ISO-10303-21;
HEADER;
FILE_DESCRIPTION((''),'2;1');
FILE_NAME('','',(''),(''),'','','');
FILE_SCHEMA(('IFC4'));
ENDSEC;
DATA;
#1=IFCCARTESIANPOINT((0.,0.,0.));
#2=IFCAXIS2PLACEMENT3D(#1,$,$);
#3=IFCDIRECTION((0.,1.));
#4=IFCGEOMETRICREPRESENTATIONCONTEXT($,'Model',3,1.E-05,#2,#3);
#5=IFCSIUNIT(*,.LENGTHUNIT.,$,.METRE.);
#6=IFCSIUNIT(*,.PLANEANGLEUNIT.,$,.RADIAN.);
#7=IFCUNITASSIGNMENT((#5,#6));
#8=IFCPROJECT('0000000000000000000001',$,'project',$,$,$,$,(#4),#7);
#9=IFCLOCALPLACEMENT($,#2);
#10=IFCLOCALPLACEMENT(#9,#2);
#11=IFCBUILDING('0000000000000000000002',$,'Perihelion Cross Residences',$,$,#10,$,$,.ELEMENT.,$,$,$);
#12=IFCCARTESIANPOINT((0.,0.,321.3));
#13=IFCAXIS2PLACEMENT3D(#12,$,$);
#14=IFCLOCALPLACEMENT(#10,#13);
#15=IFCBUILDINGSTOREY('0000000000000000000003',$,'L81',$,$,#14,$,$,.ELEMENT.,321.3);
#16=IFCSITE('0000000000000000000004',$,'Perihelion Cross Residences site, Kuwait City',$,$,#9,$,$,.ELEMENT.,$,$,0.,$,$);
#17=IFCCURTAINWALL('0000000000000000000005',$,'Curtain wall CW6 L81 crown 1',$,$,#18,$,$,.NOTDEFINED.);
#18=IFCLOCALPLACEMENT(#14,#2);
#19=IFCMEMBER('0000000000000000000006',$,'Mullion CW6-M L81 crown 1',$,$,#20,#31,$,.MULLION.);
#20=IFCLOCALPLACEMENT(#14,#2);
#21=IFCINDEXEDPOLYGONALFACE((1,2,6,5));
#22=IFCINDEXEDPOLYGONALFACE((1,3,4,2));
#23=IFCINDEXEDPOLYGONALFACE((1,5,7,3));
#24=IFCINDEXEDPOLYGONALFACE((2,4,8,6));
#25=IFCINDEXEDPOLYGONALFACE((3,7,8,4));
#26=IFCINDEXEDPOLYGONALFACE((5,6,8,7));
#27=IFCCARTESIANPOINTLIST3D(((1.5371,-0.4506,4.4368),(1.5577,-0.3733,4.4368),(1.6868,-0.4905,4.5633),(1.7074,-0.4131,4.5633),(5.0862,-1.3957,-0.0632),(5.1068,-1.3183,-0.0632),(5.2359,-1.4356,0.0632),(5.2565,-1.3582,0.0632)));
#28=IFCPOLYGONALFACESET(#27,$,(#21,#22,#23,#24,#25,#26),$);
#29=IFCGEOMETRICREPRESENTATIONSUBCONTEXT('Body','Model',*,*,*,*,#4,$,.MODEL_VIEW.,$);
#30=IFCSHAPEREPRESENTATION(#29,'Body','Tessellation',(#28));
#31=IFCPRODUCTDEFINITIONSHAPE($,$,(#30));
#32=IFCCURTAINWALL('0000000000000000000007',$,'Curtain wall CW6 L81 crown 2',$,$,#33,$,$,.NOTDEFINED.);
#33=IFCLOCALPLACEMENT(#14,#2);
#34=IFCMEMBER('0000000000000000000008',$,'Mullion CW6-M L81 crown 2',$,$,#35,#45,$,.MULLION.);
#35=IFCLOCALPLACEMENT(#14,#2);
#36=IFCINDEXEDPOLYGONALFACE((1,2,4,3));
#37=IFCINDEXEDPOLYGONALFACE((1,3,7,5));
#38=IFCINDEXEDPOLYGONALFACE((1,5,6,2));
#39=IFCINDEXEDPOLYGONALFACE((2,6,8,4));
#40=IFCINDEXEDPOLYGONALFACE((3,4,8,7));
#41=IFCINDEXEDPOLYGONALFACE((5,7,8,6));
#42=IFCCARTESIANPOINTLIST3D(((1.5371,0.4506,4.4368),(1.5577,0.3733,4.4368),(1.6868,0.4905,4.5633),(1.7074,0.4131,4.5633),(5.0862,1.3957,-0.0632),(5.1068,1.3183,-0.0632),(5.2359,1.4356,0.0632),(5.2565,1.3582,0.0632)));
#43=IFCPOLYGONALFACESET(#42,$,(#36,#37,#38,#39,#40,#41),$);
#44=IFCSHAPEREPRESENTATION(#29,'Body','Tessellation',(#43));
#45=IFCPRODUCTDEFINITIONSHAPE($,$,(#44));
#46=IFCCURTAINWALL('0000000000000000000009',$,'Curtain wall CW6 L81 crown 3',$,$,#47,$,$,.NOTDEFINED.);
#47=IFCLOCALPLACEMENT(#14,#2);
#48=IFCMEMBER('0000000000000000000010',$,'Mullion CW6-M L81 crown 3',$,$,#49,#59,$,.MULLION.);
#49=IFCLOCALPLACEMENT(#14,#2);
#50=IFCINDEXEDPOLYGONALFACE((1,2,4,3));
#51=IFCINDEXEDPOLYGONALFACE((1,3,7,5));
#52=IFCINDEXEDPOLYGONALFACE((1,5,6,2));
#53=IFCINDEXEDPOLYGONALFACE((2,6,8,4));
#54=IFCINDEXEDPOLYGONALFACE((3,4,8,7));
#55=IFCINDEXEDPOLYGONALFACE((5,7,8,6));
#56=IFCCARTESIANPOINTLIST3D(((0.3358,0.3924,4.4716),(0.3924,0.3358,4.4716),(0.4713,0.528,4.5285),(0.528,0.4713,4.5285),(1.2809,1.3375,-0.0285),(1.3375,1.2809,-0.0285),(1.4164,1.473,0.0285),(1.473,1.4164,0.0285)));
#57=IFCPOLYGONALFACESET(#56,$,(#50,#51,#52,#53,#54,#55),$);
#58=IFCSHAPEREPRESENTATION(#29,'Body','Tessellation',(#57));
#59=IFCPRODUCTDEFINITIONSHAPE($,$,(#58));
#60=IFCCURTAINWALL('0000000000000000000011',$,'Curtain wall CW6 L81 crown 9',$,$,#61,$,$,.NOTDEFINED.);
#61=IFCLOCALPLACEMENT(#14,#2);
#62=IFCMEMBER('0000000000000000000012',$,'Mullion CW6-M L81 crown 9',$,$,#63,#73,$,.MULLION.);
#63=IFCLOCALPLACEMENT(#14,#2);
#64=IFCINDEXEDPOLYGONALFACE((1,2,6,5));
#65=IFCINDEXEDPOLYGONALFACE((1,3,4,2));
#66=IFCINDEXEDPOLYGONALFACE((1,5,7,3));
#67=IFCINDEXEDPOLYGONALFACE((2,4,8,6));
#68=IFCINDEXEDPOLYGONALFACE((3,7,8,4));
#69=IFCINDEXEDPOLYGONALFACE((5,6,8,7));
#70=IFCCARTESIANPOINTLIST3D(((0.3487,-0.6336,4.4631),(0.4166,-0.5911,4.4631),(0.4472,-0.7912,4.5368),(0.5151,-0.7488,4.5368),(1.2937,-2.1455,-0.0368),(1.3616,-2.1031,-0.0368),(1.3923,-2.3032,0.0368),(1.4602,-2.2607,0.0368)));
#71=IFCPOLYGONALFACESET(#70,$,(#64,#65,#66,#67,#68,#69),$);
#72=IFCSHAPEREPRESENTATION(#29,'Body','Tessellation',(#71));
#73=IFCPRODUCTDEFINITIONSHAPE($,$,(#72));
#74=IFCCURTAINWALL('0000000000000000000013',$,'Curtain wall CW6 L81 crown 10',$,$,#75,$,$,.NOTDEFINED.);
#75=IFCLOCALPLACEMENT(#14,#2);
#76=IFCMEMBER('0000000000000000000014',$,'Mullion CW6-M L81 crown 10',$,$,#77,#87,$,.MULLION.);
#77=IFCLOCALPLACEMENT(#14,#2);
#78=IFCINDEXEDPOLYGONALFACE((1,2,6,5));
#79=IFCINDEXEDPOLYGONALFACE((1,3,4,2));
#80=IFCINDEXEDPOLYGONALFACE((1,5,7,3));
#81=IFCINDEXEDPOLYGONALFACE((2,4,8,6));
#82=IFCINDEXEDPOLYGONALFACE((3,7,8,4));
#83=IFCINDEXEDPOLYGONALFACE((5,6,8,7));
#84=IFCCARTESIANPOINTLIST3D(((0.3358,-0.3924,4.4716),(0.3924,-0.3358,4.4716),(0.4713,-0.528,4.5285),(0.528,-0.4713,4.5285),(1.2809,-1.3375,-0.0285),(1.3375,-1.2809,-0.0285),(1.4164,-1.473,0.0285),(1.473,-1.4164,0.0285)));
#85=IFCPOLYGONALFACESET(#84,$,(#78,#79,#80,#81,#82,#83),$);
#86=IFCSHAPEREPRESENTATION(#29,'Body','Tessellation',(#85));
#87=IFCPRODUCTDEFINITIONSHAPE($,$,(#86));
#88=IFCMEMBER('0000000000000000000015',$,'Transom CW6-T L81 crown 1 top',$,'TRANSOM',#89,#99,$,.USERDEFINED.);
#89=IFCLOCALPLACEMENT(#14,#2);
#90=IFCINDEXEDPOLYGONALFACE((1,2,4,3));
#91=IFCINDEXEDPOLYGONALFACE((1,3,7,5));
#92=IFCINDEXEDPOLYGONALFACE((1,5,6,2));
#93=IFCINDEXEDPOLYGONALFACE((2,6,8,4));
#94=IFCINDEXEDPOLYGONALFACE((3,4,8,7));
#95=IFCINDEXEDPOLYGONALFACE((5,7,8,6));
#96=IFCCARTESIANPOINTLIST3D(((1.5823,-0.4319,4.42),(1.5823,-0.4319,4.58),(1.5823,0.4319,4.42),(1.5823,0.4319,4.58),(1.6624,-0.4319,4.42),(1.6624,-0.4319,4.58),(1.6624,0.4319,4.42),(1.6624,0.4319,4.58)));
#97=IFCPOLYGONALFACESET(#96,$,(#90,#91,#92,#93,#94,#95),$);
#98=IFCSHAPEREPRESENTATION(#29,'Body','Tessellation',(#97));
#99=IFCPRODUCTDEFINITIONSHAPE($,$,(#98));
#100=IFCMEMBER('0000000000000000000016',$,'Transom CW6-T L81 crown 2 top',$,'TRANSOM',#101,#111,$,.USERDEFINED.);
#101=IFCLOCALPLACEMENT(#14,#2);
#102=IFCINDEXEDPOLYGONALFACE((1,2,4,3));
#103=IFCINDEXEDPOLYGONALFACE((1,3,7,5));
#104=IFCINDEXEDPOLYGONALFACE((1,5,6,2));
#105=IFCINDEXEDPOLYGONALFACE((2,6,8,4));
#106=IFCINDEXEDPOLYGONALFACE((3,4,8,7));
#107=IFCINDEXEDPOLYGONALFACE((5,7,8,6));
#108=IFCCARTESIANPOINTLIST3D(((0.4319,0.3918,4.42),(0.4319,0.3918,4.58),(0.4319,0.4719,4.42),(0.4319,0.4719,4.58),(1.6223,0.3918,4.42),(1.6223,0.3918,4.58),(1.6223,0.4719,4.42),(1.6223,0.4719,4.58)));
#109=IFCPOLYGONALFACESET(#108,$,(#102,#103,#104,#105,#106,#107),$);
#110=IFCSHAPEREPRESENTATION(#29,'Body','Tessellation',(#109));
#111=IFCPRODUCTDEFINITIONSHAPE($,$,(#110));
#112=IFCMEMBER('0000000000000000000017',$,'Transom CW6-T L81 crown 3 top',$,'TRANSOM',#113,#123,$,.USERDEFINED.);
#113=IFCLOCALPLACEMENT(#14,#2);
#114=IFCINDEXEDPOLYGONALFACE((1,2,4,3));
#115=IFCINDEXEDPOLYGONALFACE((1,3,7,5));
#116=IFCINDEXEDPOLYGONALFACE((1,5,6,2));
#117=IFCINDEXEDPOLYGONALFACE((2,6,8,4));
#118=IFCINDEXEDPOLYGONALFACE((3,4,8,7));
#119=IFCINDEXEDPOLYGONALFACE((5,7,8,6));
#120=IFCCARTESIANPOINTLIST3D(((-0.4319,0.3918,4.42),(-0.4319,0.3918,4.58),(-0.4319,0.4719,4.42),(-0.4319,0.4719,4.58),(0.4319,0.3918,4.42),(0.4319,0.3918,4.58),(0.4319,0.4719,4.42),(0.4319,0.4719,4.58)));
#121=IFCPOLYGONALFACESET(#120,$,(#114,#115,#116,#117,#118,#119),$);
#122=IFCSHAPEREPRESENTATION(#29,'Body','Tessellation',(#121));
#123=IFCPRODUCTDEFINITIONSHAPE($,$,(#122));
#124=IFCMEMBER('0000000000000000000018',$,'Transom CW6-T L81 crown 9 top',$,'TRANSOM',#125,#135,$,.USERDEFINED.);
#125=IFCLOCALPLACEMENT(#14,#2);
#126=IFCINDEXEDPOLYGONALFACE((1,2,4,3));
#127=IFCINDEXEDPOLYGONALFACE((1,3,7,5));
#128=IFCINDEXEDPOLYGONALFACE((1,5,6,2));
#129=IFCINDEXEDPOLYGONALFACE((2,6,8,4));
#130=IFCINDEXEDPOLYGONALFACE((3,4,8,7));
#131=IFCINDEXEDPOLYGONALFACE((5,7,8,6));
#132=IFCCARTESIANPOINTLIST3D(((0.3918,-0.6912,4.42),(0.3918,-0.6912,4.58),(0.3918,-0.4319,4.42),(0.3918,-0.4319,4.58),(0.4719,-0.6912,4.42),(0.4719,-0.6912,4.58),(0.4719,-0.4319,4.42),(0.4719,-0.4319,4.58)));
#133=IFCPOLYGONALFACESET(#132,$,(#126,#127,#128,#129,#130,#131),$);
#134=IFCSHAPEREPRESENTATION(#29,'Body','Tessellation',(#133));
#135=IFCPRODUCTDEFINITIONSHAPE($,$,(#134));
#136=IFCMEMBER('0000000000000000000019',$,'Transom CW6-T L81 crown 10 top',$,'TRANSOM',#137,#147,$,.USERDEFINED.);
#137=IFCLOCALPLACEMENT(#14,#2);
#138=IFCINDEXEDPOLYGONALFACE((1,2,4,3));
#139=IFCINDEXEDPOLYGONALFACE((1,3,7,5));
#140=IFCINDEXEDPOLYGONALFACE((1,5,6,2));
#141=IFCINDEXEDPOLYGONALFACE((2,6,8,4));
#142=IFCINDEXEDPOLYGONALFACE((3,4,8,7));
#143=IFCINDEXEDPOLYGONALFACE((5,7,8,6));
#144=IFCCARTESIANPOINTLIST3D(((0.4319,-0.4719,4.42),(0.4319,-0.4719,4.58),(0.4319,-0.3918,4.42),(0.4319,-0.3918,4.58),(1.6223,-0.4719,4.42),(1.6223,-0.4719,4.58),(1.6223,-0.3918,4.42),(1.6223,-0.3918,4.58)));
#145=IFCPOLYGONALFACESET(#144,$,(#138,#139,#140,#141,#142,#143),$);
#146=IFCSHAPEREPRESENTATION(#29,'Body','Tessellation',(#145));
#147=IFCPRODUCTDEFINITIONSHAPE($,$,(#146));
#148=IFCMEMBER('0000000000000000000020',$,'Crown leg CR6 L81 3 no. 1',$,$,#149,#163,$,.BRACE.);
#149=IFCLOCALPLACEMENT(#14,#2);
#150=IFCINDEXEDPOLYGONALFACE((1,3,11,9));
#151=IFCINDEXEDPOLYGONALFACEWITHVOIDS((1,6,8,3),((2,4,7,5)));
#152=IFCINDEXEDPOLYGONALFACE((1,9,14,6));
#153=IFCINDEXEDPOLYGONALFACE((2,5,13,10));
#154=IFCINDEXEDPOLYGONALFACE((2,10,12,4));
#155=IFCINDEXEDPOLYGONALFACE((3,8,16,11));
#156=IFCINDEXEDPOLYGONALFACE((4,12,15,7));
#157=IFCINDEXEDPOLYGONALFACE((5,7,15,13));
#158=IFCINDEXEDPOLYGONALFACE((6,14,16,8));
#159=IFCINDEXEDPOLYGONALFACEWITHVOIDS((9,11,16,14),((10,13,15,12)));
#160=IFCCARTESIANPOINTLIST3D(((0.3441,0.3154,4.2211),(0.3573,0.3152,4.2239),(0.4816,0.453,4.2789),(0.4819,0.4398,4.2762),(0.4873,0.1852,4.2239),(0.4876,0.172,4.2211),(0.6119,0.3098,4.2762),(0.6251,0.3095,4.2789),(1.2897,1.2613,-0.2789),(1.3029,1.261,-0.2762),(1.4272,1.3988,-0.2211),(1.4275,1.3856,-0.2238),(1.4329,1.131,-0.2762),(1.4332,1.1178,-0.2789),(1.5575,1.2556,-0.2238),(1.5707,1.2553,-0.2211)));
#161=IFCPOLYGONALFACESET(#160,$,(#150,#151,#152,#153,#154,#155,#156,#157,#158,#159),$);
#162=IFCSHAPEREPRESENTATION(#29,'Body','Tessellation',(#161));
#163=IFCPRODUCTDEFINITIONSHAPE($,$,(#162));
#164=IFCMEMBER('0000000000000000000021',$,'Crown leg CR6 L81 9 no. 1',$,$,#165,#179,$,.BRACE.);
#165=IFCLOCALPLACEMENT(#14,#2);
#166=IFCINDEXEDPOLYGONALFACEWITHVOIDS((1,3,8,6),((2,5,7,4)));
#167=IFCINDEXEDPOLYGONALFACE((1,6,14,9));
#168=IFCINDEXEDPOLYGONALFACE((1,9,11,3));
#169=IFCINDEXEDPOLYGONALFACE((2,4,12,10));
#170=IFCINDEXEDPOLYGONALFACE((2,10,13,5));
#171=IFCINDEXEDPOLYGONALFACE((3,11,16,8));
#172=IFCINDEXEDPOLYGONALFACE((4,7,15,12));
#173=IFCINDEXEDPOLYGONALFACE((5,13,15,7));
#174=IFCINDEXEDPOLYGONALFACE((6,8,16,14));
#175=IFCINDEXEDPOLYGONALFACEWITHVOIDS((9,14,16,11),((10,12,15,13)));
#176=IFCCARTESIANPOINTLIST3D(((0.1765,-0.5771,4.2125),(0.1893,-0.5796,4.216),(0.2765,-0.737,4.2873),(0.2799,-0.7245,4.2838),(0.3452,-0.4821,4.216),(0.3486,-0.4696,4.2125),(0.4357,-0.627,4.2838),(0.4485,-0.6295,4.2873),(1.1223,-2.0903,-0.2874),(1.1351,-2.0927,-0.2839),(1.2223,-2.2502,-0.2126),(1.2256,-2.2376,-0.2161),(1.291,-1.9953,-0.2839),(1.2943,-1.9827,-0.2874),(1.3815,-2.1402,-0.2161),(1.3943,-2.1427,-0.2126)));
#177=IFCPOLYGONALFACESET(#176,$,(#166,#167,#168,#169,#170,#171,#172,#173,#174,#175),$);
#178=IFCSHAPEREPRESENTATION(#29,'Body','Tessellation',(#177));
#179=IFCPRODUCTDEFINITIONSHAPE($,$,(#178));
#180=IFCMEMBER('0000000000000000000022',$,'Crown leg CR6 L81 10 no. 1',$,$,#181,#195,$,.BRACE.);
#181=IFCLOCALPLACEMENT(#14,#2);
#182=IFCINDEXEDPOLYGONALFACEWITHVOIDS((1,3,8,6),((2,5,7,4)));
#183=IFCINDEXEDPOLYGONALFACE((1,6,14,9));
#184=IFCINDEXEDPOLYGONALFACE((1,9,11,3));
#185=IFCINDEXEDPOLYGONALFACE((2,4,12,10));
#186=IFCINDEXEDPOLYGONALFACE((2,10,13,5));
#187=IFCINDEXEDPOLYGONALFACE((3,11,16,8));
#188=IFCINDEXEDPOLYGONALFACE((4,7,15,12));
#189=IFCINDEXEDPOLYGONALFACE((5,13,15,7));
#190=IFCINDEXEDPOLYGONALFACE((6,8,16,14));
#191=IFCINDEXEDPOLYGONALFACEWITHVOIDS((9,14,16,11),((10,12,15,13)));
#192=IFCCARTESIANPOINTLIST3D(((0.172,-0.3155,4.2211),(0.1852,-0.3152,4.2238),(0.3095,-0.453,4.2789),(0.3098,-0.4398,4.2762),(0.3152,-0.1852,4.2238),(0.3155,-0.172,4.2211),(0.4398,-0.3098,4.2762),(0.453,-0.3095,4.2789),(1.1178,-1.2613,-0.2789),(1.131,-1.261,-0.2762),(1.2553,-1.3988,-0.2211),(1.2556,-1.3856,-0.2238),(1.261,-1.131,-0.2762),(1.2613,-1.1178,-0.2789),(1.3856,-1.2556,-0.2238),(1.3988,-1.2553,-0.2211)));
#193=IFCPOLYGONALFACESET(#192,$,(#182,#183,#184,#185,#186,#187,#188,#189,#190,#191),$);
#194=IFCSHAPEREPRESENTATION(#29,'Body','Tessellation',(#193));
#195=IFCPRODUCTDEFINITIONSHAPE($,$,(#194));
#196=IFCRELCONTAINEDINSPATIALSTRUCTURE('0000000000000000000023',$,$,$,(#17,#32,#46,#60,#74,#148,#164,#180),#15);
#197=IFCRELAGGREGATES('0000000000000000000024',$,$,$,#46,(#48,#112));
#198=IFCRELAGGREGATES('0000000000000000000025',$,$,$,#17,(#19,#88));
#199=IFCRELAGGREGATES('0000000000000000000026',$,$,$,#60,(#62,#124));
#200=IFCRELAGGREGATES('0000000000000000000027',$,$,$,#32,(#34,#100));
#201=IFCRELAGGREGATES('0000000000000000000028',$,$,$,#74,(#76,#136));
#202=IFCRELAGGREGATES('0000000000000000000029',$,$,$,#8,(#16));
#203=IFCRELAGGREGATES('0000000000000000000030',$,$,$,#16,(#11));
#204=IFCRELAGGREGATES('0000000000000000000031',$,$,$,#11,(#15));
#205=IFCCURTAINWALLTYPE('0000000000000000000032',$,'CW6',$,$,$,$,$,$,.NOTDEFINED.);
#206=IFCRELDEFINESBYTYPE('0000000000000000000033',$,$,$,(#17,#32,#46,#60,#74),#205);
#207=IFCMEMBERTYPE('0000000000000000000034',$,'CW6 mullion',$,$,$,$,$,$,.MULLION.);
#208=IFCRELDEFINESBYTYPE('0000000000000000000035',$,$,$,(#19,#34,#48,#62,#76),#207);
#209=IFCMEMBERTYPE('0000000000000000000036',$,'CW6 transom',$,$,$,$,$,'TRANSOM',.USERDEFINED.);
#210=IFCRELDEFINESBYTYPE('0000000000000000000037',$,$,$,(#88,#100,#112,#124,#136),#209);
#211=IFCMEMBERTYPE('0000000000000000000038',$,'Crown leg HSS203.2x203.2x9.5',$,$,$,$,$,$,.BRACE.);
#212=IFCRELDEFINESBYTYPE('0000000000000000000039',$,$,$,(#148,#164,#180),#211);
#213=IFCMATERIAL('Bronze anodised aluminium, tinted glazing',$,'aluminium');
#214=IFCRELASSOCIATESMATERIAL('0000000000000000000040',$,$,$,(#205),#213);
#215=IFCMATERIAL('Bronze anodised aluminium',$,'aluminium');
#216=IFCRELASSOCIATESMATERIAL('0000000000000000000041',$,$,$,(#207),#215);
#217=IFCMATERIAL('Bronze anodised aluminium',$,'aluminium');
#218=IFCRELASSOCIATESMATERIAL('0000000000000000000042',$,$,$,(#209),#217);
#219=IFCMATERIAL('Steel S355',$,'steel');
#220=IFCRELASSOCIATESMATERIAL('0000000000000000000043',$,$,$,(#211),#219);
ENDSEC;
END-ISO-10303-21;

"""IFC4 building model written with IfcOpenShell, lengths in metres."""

from ifc_helpers import new_model, si_unit, direction, frame, origin, origin_2d, place, context, subcontext, project, spatial, rectangle, hollow_rectangle, extrude, material, material_profile, profile_set, type_object, element, aggregate, save


model = new_model("IFC4")

# Units and contexts
model_context = context("Model", 3, precision=1e-05, world=origin(), true_north=direction((0.0, 1.0)))
body_context = subcontext(model_context, "Body", "Model", "MODEL_VIEW")
ifc_project = project(units=[si_unit("LENGTHUNIT", "METRE"), si_unit("PLANEANGLEUNIT", "RADIAN")], contexts=[model_context])

# Site, building, storey
site_placement = place(None, origin())
site = spatial("IfcSite", under=ifc_project, at=site_placement, Name="Perihelion Cross Residences site, Kuwait City", CompositionType="ELEMENT", RefElevation=0.0)
building_placement = place(site_placement, origin())
building = spatial("IfcBuilding", under=site, at=building_placement, Name="Perihelion Cross Residences", CompositionType="ELEMENT")
storey_placement = place(building_placement, frame((0.0, 0.0, 321.3)))
storey = spatial("IfcBuildingStorey", under=building, at=storey_placement, Name="L81", CompositionType="ELEMENT", Elevation=321.3)

# Curtain walls, members
ifc_material_1 = material(Name="Bronze anodised aluminium, tinted glazing", Category="aluminium")
curtain_wall_type = type_object("IfcCurtainWallType", Name="CW6", PredefinedType="NOTDEFINED", material=ifc_material_1)
curtain_wall_1_placement = place(storey_placement, origin())
curtain_wall_1 = element("IfcCurtainWall", 1, at=curtain_wall_1_placement, inside=storey, type_object=curtain_wall_type, Name="Curtain wall CW6 L81 crown 1", PredefinedType="NOTDEFINED")
ifc_material_2 = material(Name="Bronze anodised aluminium", Category="aluminium")
ifc_material_profile_1 = material_profile(ifc_material_2, rectangle(XDim=0.0801, YDim=0.2, at=origin_2d()), Name="CW6 mullion")
ifc_profile_set_1 = profile_set([ifc_material_profile_1], Name="Bronze anodised aluminium")
member_type_1 = type_object("IfcMemberType", Name="CW6 mullion", PredefinedType="MULLION", material=ifc_profile_set_1)
member_1_placement = place(storey_placement, frame((5.1714, -1.377, 0.0), z_axis=(-0.61101, 0.162703, 0.774722), x_axis=(-0.257319, -0.966326, 0.0)))
member_1 = element("IfcMember", 2, at=member_1_placement, type_object=member_type_1, Name="Mullion CW6-M L81 crown 1", PredefinedType="MULLION", context=body_context, shape_type="SweptSolid", body=[
    extrude(rectangle(XDim=0.0801, YDim=0.2, at=origin_2d()), origin(), (0.0, 0.0, 1.0), 5.8086),
])
curtain_wall_2_placement = place(storey_placement, origin())
curtain_wall_2 = element("IfcCurtainWall", 3, at=curtain_wall_2_placement, inside=storey, type_object=curtain_wall_type, Name="Curtain wall CW6 L81 crown 2", PredefinedType="NOTDEFINED")
member_2_placement = place(storey_placement, frame((5.1714, 1.377, 0.0), z_axis=(-0.61101, -0.162703, 0.774722), x_axis=(0.257319, -0.966326, 0.0)))
member_2 = element("IfcMember", 4, at=member_2_placement, type_object=member_type_1, Name="Mullion CW6-M L81 crown 2", PredefinedType="MULLION", context=body_context, shape_type="SweptSolid", body=[
    extrude(rectangle(XDim=0.0801, YDim=0.2, at=origin_2d()), origin(), (0.0, 0.0, 1.0), 5.8086),
])
curtain_wall_3_placement = place(storey_placement, origin())
curtain_wall_3 = element("IfcCurtainWall", 5, at=curtain_wall_3_placement, inside=storey, type_object=curtain_wall_type, Name="Curtain wall CW6 L81 crown 3", PredefinedType="NOTDEFINED")
member_3_placement = place(storey_placement, frame((1.377, 1.377, 0.0), z_axis=(-0.201323, -0.201323, 0.958613), x_axis=(0.707107, -0.707107, 0.0)))
member_3 = element("IfcMember", 6, at=member_3_placement, type_object=member_type_1, Name="Mullion CW6-M L81 crown 3", PredefinedType="MULLION", context=body_context, shape_type="SweptSolid", body=[
    extrude(rectangle(XDim=0.0801, YDim=0.2, at=origin_2d()), origin(), (0.0, 0.0, 1.0), 4.6943),
])
curtain_wall_4_placement = place(storey_placement, origin())
curtain_wall_4 = element("IfcCurtainWall", 7, at=curtain_wall_4_placement, inside=storey, type_object=curtain_wall_type, Name="Curtain wall CW6 L81 crown 9", PredefinedType="NOTDEFINED")
member_4_placement = place(storey_placement, frame((1.377, -2.2031, 0.0), z_axis=(-0.195247, 0.312365, 0.929681), x_axis=(-0.847975, -0.530036, 0.0)))
member_4 = element("IfcMember", 8, at=member_4_placement, type_object=member_type_1, Name="Mullion CW6-M L81 crown 9", PredefinedType="MULLION", context=body_context, shape_type="SweptSolid", body=[
    extrude(rectangle(XDim=0.0801, YDim=0.2, at=origin_2d()), origin(), (0.0, 0.0, 1.0), 4.8403),
])
curtain_wall_5_placement = place(storey_placement, origin())
curtain_wall_5 = element("IfcCurtainWall", 9, at=curtain_wall_5_placement, inside=storey, type_object=curtain_wall_type, Name="Curtain wall CW6 L81 crown 10", PredefinedType="NOTDEFINED")
member_5_placement = place(storey_placement, frame((1.377, -1.377, 0.0), z_axis=(-0.201323, 0.201323, 0.958613), x_axis=(-0.707107, -0.707107, 0.0)))
member_5 = element("IfcMember", 10, at=member_5_placement, type_object=member_type_1, Name="Mullion CW6-M L81 crown 10", PredefinedType="MULLION", context=body_context, shape_type="SweptSolid", body=[
    extrude(rectangle(XDim=0.0801, YDim=0.2, at=origin_2d()), origin(), (0.0, 0.0, 1.0), 4.6943),
])

# Members
ifc_material_3 = material(Name="Bronze anodised aluminium", Category="aluminium")
ifc_material_profile_2 = material_profile(ifc_material_3, rectangle(XDim=0.0801, YDim=0.1599, at=origin_2d()), Name="CW6 transom")
ifc_profile_set_2 = profile_set([ifc_material_profile_2], Name="Bronze anodised aluminium")
member_type_2 = type_object("IfcMemberType", Name="CW6 transom", ElementType="TRANSOM", PredefinedType="USERDEFINED", material=ifc_profile_set_2)
member_6_placement = place(storey_placement, frame((1.6223, -0.4319, 4.5), z_axis=(0.0, 1.0, 0.0), x_axis=(-1.0, 0.0, 0.0)))
member_6 = element("IfcMember", 11, at=member_6_placement, type_object=member_type_2, Name="Transom CW6-T L81 crown 1 top", ObjectType="TRANSOM", PredefinedType="USERDEFINED", context=body_context, shape_type="SweptSolid", body=[
    extrude(rectangle(XDim=0.0801, YDim=0.1599, at=origin_2d()), origin(), (0.0, 0.0, 1.0), 0.8638),
])
member_7_placement = place(storey_placement, frame((1.6223, 0.4319, 4.5), z_axis=(-1.0, 0.0, 0.0), x_axis=(0.0, -1.0, 0.0)))
member_7 = element("IfcMember", 12, at=member_7_placement, type_object=member_type_2, Name="Transom CW6-T L81 crown 2 top", ObjectType="TRANSOM", PredefinedType="USERDEFINED", context=body_context, shape_type="SweptSolid", body=[
    extrude(rectangle(XDim=0.0801, YDim=0.1599, at=origin_2d()), origin(), (0.0, 0.0, 1.0), 1.1904),
])
member_8_placement = place(storey_placement, frame((0.4319, 0.4319, 4.5), z_axis=(-1.0, 0.0, 0.0), x_axis=(0.0, -1.0, 0.0)))
member_8 = element("IfcMember", 13, at=member_8_placement, type_object=member_type_2, Name="Transom CW6-T L81 crown 3 top", ObjectType="TRANSOM", PredefinedType="USERDEFINED", context=body_context, shape_type="SweptSolid", body=[
    extrude(rectangle(XDim=0.0801, YDim=0.1599, at=origin_2d()), origin(), (0.0, 0.0, 1.0), 0.8638),
])
aggregate(curtain_wall_3, [member_3, member_8])
member_9_placement = place(storey_placement, frame((0.4319, -0.6912, 4.5), z_axis=(0.0, 1.0, 0.0), x_axis=(-1.0, 0.0, 0.0)))
member_9 = element("IfcMember", 14, at=member_9_placement, type_object=member_type_2, Name="Transom CW6-T L81 crown 9 top", ObjectType="TRANSOM", PredefinedType="USERDEFINED", context=body_context, shape_type="SweptSolid", body=[
    extrude(rectangle(XDim=0.0801, YDim=0.1599, at=origin_2d()), origin(), (0.0, 0.0, 1.0), 0.2593),
])
member_10_placement = place(storey_placement, frame((0.4319, -0.4319, 4.5), z_axis=(1.0, 0.0, 0.0), x_axis=(0.0, 1.0, 0.0)))
member_10 = element("IfcMember", 15, at=member_10_placement, type_object=member_type_2, Name="Transom CW6-T L81 crown 10 top", ObjectType="TRANSOM", PredefinedType="USERDEFINED", context=body_context, shape_type="SweptSolid", body=[
    extrude(rectangle(XDim=0.0801, YDim=0.1599, at=origin_2d()), origin(), (0.0, 0.0, 1.0), 1.1904),
])

# Members
ifc_material_4 = material(Name="Steel S355", Category="steel")
ifc_material_profile_3 = material_profile(ifc_material_4, hollow_rectangle(XDim=0.2029, YDim=0.2029, WallThickness=0.0095, at=origin_2d()), Name="HSS203.2x203.2x9.5")
ifc_profile_set_3 = profile_set([ifc_material_profile_3], Name="Steel S355")
member_type_3 = type_object("IfcMemberType", Name="Crown leg HSS203.2x203.2x9.5", PredefinedType="BRACE", material=ifc_profile_set_3)
member_11_placement = place(storey_placement, frame((1.4302, 1.2583, -0.25), z_axis=(-0.201417, -0.201469, 0.958562), x_axis=(0.707198, -0.707016, 0.0)))
element("IfcMember", 16, at=member_11_placement, inside=storey, type_object=member_type_3, Name="Crown leg CR6 L81 3 no. 1", PredefinedType="BRACE", context=body_context, shape_type="SweptSolid", body=[
    extrude(hollow_rectangle(XDim=0.2029, YDim=0.2029, WallThickness=0.0095, at=origin_2d()), origin(), (0.0, 0.0, 1.0), 4.6946),
])
member_12_placement = place(storey_placement, frame((1.2583, -2.1165, -0.25), z_axis=(-0.195377, 0.312583, 0.92958), x_axis=(-0.847983, -0.530024, 0.0)))
element("IfcMember", 17, at=member_12_placement, inside=storey, type_object=member_type_3, Name="Crown leg CR6 L81 9 no. 1", PredefinedType="BRACE", context=body_context, shape_type="SweptSolid", body=[
    extrude(hollow_rectangle(XDim=0.2029, YDim=0.2029, WallThickness=0.0095, at=origin_2d()), origin(), (0.0, 0.0, 1.0), 4.8408),
])
member_13_placement = place(storey_placement, frame((1.2583, -1.2583, -0.25), z_axis=(-0.201467, 0.201467, 0.958552), x_axis=(-0.707107, -0.707107, 0.0)))
element("IfcMember", 18, at=member_13_placement, inside=storey, type_object=member_type_3, Name="Crown leg CR6 L81 10 no. 1", PredefinedType="BRACE", context=body_context, shape_type="SweptSolid", body=[
    extrude(hollow_rectangle(XDim=0.2029, YDim=0.2029, WallThickness=0.0095, at=origin_2d()), origin(), (0.0, 0.0, 1.0), 4.6946),
])

aggregate(curtain_wall_1, [member_1, member_6])

aggregate(curtain_wall_4, [member_4, member_9])
aggregate(curtain_wall_2, [member_2, member_7])
aggregate(curtain_wall_5, [member_5, member_10])

save(model, "model.ifc")
